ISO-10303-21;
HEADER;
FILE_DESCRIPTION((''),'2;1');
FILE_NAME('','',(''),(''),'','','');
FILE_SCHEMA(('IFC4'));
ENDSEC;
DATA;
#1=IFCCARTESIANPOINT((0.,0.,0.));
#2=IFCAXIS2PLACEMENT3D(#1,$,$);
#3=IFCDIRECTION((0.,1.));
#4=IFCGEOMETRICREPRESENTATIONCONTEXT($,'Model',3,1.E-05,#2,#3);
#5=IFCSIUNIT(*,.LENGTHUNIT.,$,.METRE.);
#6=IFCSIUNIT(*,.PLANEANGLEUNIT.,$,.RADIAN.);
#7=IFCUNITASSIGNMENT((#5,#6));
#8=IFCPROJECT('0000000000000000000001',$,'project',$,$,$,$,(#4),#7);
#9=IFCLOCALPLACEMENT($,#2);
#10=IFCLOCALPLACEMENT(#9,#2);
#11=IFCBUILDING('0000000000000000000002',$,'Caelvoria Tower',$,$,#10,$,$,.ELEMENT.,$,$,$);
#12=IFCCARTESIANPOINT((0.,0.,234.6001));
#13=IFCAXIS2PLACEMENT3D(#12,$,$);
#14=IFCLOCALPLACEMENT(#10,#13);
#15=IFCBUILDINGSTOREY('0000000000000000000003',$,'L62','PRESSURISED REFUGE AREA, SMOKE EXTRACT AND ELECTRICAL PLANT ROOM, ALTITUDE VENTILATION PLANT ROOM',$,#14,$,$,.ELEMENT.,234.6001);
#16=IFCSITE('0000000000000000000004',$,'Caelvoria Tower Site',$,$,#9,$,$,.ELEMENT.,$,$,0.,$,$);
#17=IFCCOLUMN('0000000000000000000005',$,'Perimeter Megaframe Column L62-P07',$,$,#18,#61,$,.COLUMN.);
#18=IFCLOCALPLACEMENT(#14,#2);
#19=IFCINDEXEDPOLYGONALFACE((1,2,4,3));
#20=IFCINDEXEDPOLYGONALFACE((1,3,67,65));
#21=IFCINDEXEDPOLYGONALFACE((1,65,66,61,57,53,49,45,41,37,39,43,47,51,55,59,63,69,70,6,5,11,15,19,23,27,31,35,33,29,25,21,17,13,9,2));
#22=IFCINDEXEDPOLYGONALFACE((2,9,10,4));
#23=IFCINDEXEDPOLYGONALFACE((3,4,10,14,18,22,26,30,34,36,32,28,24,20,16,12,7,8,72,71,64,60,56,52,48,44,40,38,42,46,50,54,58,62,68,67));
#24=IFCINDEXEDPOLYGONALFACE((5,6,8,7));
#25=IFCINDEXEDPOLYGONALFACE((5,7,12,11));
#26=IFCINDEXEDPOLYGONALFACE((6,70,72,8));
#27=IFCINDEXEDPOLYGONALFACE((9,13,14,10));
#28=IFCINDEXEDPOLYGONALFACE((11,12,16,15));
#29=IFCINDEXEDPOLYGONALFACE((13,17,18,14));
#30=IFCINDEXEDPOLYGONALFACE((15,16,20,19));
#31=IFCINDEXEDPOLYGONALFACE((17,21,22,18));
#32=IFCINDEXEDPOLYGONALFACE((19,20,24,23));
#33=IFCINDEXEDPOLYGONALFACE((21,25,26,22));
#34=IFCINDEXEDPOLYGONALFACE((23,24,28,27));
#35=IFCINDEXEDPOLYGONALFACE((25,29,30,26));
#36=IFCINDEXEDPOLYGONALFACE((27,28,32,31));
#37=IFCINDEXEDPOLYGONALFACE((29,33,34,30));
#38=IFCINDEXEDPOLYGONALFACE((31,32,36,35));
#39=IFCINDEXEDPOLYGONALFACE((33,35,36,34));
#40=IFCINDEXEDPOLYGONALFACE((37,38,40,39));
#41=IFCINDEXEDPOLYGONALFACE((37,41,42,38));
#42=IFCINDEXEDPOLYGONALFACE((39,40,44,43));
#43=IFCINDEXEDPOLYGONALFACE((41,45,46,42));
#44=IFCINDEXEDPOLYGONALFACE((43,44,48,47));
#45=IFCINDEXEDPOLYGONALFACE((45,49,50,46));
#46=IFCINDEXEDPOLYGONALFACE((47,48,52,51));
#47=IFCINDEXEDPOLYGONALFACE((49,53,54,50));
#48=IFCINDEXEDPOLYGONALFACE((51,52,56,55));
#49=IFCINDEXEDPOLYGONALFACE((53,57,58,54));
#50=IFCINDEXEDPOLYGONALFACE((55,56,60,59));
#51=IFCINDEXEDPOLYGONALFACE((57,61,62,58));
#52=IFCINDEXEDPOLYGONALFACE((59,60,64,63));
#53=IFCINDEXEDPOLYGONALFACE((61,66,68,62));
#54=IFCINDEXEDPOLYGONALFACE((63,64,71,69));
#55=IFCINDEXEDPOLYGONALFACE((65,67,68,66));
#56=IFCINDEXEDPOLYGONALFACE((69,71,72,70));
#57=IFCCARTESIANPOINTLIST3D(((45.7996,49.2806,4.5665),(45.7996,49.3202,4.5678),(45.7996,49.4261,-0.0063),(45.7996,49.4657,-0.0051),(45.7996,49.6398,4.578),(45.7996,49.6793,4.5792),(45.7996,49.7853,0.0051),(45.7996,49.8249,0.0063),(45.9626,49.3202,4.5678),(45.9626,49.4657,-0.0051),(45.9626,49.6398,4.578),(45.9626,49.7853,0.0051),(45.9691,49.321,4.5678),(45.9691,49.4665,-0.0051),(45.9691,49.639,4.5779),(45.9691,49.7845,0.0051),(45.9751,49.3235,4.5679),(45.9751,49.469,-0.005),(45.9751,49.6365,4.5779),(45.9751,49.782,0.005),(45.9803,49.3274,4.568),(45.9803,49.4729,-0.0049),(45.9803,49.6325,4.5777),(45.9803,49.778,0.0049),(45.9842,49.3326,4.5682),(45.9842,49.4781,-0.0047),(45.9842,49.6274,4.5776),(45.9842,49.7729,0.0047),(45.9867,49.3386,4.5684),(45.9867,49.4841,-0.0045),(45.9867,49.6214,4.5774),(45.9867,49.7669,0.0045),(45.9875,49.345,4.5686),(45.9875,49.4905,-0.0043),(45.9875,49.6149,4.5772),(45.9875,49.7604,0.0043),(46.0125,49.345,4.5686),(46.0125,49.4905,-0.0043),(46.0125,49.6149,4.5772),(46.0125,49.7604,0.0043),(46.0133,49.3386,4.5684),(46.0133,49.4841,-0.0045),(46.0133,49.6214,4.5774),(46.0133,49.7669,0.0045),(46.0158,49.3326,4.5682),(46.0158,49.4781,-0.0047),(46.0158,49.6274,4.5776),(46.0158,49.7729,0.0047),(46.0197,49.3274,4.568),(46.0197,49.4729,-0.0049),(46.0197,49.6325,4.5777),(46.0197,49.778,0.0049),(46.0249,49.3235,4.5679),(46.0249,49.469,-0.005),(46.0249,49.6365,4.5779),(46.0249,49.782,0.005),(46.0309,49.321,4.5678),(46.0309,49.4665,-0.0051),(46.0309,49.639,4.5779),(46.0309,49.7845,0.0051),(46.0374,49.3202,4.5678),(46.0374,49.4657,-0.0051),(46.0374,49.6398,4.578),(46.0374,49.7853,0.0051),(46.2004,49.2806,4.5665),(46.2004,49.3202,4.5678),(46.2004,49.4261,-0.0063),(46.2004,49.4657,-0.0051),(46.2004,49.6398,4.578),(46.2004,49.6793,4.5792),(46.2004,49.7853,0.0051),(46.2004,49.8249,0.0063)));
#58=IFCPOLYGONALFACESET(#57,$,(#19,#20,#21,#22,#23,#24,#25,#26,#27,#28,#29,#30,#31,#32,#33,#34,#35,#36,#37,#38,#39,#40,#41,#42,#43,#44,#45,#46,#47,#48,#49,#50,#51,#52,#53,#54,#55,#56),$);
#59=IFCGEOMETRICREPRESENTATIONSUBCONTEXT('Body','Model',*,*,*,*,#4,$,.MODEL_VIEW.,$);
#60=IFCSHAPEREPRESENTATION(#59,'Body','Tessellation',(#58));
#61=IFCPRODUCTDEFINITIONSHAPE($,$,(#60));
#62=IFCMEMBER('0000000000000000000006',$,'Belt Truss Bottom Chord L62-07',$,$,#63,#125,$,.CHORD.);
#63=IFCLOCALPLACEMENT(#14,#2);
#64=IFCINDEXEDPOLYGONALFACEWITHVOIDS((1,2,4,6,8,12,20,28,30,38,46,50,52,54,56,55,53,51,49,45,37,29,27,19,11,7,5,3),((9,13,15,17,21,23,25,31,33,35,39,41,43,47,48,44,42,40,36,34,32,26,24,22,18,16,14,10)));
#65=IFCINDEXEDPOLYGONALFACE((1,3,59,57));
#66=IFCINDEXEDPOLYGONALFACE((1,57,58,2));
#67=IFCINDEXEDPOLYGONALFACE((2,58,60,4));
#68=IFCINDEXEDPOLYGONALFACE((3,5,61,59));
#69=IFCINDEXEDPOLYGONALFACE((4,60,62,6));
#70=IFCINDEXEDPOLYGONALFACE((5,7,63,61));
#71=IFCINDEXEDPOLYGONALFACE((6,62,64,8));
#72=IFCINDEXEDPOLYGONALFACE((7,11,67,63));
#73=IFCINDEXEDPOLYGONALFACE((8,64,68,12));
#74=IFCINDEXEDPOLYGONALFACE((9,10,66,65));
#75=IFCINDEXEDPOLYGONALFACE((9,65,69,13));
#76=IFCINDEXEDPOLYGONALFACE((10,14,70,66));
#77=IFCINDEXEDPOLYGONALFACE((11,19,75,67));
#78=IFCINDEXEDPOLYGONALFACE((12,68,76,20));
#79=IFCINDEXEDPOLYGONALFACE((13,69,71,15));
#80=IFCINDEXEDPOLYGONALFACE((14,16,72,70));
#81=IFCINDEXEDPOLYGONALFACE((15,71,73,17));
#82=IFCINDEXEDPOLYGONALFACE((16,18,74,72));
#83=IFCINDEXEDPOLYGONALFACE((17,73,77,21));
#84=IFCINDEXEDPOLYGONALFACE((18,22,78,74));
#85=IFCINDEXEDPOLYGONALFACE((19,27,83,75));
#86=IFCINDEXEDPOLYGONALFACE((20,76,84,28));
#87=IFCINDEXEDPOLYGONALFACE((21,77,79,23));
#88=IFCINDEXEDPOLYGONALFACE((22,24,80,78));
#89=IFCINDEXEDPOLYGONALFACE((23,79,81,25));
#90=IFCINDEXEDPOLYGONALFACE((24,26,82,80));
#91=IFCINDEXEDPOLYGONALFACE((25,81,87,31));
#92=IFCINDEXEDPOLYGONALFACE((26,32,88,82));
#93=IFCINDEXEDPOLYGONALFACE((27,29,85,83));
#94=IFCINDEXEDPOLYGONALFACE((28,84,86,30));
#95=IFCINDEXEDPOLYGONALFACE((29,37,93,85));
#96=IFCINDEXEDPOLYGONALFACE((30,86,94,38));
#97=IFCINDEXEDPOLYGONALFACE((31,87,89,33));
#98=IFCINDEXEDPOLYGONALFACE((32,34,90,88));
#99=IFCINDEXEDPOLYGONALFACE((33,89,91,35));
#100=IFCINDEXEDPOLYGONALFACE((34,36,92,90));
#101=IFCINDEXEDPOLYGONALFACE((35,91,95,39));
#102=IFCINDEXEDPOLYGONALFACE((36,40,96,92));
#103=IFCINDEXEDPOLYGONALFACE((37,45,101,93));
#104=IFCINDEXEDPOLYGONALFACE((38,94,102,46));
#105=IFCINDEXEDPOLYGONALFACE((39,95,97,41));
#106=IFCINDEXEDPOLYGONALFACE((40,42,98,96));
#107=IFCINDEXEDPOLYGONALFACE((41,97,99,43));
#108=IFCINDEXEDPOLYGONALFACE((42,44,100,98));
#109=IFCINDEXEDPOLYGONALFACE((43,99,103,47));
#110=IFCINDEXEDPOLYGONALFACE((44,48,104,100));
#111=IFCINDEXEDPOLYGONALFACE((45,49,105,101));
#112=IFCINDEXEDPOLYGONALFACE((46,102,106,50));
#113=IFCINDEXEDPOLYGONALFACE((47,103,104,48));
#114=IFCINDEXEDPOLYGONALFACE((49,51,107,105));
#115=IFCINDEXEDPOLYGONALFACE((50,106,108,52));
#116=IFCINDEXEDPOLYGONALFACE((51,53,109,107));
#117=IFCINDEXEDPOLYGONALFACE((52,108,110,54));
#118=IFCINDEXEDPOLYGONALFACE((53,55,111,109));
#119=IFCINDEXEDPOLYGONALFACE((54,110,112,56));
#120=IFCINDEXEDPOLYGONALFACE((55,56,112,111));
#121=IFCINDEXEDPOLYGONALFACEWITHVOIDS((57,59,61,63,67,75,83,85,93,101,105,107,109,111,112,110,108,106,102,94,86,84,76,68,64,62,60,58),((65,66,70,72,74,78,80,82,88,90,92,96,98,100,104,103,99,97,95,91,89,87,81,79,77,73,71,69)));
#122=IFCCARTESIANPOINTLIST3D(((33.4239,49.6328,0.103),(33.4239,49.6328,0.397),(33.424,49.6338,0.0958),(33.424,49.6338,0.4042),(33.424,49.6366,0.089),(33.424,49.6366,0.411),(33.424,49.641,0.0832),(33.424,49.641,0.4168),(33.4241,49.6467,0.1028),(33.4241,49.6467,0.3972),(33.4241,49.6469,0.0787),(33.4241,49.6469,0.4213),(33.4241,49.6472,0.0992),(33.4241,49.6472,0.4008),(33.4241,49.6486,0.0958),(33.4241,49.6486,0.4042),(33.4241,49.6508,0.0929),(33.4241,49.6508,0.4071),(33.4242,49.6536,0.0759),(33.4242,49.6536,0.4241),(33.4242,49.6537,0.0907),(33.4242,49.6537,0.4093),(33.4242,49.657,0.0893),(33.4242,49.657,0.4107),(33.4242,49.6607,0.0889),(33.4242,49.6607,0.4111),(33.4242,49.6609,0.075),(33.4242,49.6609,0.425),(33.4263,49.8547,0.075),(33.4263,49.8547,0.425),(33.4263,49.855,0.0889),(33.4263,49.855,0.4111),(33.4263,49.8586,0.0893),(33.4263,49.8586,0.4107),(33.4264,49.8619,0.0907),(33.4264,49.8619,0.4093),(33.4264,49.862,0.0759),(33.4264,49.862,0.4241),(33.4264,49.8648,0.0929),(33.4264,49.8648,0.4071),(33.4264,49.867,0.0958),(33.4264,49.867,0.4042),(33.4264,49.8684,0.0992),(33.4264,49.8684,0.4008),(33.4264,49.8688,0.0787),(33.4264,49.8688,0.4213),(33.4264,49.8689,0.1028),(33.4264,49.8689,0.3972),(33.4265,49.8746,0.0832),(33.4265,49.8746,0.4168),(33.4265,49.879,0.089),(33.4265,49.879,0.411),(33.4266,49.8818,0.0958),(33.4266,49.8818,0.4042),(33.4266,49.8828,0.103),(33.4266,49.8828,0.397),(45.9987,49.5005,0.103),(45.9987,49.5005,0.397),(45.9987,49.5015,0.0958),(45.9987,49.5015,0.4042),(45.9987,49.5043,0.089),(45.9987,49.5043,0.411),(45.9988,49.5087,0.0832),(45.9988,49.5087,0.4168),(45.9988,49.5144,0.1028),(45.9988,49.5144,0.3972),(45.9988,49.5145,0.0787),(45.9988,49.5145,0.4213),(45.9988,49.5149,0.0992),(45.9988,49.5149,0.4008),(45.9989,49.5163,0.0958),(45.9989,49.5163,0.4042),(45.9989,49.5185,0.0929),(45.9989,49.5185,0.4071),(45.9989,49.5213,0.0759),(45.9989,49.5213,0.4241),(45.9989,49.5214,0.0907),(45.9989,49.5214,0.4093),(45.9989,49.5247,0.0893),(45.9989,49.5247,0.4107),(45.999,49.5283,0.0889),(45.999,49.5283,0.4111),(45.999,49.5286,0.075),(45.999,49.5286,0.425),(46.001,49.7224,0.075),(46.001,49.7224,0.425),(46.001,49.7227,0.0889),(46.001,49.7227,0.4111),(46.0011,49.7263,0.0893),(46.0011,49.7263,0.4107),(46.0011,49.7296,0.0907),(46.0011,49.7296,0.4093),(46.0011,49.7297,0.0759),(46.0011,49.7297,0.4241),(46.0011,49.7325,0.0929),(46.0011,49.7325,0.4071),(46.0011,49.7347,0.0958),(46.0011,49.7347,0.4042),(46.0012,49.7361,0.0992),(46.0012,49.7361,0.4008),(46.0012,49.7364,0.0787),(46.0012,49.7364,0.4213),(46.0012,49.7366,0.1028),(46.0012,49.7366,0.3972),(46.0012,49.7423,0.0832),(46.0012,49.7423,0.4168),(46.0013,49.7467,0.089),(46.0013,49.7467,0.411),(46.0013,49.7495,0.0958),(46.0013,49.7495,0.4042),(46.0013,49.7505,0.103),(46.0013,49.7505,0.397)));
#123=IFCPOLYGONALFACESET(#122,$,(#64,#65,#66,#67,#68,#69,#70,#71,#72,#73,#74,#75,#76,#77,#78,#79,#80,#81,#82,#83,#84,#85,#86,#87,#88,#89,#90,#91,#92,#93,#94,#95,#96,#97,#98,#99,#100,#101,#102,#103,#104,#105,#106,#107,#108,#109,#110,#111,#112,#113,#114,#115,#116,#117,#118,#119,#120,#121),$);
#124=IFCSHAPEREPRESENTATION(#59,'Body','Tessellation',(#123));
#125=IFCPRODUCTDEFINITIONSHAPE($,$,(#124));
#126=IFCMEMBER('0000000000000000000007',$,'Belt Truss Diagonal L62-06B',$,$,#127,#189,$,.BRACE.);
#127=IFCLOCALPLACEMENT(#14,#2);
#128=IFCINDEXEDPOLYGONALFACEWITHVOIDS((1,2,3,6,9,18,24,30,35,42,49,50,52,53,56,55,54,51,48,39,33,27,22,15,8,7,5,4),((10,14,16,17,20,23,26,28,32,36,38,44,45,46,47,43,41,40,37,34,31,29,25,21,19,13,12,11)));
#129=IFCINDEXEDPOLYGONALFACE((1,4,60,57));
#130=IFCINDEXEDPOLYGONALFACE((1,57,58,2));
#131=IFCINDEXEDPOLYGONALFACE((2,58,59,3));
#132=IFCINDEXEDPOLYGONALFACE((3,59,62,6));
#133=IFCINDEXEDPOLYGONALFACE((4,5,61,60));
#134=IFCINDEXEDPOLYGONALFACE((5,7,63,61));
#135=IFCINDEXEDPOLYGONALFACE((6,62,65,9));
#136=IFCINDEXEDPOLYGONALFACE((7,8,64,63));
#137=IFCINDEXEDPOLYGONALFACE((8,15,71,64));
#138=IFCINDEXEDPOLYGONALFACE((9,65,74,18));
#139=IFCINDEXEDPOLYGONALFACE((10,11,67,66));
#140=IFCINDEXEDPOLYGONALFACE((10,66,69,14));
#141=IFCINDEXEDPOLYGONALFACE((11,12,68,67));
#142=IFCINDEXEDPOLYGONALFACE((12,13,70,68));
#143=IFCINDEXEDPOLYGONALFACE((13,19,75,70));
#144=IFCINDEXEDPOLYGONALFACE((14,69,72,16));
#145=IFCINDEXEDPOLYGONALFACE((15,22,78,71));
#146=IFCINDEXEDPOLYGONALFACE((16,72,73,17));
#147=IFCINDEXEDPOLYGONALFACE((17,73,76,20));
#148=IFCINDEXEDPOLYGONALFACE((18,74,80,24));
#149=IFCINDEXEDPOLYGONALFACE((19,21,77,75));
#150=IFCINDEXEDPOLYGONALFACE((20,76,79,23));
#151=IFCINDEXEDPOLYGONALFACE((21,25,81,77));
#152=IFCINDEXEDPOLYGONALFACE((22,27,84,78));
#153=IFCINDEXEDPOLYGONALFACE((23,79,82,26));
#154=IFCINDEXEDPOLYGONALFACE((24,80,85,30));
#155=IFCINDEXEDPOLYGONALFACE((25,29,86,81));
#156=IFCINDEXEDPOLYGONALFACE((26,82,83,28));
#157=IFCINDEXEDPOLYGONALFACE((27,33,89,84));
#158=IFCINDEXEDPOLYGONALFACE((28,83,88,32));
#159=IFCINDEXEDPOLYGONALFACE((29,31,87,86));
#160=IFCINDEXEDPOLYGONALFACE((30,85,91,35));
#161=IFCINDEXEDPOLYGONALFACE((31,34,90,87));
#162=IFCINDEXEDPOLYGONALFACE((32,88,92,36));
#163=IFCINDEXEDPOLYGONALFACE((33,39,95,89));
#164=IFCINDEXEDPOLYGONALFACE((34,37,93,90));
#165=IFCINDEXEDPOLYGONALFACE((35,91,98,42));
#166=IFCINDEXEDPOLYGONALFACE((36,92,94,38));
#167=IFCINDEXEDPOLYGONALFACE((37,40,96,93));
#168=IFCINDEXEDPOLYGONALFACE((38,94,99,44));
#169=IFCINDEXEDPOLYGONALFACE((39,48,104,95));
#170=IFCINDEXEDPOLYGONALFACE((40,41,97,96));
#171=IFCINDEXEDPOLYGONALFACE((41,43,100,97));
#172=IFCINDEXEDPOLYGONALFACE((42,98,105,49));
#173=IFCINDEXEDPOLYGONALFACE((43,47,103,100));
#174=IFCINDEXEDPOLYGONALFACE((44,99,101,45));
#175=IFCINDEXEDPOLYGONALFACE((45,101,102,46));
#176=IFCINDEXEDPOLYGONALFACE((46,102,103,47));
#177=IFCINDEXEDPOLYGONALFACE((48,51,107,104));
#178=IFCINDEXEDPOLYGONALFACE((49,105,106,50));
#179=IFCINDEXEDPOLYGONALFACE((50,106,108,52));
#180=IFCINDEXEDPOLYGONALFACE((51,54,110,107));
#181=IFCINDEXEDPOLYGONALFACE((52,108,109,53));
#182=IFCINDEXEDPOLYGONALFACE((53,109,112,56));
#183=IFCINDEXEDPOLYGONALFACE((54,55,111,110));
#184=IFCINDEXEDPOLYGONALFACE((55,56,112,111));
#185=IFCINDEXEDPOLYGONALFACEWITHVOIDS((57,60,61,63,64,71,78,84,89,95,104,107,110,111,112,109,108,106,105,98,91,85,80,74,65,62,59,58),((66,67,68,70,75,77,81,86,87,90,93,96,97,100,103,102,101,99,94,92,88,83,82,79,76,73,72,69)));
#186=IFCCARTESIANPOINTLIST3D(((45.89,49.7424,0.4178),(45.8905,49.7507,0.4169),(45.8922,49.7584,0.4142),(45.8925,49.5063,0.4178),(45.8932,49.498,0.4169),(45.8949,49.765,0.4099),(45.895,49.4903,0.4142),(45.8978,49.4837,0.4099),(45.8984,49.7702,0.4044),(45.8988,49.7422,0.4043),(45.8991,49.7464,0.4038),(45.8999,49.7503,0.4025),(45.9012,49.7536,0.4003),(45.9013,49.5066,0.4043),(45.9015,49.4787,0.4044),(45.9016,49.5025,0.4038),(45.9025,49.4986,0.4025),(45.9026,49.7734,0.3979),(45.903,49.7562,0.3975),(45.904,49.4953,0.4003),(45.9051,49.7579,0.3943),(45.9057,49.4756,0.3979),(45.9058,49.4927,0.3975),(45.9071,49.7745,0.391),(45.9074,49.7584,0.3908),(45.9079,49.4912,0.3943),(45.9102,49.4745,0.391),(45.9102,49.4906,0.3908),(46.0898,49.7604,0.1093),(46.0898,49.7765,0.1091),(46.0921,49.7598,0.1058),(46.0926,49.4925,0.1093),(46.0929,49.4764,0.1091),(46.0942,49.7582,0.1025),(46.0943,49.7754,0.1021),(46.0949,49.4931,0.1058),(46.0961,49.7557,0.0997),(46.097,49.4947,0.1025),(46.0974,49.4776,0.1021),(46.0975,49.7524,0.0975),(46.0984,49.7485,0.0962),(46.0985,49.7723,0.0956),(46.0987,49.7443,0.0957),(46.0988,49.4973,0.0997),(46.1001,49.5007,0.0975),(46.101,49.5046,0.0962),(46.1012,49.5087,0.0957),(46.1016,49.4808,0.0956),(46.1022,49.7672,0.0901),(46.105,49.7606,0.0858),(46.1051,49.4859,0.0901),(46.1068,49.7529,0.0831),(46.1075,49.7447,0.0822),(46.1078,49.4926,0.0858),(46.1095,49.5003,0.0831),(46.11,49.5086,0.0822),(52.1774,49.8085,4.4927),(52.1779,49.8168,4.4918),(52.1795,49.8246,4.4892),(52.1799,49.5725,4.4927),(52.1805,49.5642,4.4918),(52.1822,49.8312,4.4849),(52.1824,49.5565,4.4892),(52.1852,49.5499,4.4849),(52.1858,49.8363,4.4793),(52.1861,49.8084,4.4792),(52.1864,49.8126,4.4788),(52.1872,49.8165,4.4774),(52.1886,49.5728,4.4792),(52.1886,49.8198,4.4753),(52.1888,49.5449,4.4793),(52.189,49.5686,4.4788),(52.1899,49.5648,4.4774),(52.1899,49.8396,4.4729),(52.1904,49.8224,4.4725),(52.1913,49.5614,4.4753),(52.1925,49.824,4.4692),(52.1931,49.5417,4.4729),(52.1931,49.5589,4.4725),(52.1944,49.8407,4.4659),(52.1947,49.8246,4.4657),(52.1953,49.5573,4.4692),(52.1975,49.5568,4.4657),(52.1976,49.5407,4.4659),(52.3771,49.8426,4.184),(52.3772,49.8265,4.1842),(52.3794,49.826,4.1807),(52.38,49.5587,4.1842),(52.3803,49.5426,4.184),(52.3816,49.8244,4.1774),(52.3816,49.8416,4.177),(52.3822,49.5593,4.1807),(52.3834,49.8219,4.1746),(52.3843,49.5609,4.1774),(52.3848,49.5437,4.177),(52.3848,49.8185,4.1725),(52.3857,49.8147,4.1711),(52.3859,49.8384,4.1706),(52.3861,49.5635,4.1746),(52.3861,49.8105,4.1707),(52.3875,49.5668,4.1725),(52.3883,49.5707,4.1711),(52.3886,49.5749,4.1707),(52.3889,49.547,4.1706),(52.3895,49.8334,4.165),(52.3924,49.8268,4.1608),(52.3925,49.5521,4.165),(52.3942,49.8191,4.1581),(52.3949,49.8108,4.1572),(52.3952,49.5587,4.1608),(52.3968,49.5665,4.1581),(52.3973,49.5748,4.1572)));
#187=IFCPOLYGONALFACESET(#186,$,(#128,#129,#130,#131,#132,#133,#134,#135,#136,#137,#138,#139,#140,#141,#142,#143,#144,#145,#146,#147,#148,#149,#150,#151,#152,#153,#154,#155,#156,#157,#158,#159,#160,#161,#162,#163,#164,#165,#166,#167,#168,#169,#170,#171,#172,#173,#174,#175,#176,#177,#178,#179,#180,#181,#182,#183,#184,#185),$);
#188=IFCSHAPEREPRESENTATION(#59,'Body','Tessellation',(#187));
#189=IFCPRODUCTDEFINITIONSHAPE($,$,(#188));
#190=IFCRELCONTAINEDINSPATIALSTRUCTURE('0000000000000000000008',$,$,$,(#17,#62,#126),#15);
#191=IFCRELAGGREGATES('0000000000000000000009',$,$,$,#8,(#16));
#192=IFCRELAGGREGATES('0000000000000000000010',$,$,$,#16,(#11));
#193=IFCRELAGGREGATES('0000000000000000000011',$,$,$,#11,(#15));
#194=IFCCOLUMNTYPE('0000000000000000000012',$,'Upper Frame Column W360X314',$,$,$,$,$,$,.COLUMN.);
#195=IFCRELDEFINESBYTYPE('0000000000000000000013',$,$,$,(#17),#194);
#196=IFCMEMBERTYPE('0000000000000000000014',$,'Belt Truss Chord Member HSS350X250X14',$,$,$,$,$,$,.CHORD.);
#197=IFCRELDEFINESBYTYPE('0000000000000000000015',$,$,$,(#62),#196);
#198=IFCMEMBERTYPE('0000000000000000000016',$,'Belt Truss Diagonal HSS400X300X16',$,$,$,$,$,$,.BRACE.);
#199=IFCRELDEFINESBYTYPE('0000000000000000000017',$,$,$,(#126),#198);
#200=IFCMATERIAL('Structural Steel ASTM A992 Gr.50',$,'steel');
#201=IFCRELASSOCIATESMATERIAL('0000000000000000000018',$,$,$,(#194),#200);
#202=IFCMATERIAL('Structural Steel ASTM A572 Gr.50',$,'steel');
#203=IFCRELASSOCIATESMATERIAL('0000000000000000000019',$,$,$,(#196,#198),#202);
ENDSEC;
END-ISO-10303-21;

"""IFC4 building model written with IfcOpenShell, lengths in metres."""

from ifc_helpers import new_model, si_unit, direction, frame, origin, origin_2d, place, context, subcontext, project, spatial, hollow_rectangle, i_section, extrude, material, material_profile, profile_set, type_object, element, save


model = new_model("IFC4")

# Units and contexts
model_context = context("Model", 3, precision=1e-05, world=origin(), true_north=direction((0.0, 1.0)))
body_context = subcontext(model_context, "Body", "Model", "MODEL_VIEW")
ifc_project = project(units=[si_unit("LENGTHUNIT", "METRE"), si_unit("PLANEANGLEUNIT", "RADIAN")], contexts=[model_context])

# Site, building, storey
site_placement = place(None, origin())
site = spatial("IfcSite", under=ifc_project, at=site_placement, Name="Caelvoria Tower Site", CompositionType="ELEMENT", RefElevation=0.0)
building_placement = place(site_placement, origin())
building = spatial("IfcBuilding", under=site, at=building_placement, Name="Caelvoria Tower", CompositionType="ELEMENT")
storey_placement = place(building_placement, frame((0.0, 0.0, 234.6001)))
storey = spatial("IfcBuildingStorey", under=building, at=storey_placement, Name="L62", Description="PRESSURISED REFUGE AREA, SMOKE EXTRACT AND ELECTRICAL PLANT ROOM, ALTITUDE VENTILATION PLANT ROOM", CompositionType="ELEMENT", Elevation=234.6001)

# Column
ifc_material_1 = material(Name="Structural Steel ASTM A992 Gr.50", Category="steel")
ifc_material_profile_1 = material_profile(ifc_material_1, i_section(OverallWidth=0.4009, OverallDepth=0.3989, WebThickness=0.0249, FlangeThickness=0.0396, FilletRadius=0.0249, at=origin_2d()), Name="Structural Steel ASTM A992 Gr.50")
ifc_profile_set_1 = profile_set([ifc_material_profile_1], Name="W360X314 - Structural Steel ASTM A992 Gr.50")
column_type = type_object("IfcColumnType", Name="Upper Frame Column W360X314", PredefinedType="COLUMN", material=ifc_profile_set_1)
column_placement = place(storey_placement, frame((46.0, 49.6255, 0.0), z_axis=(0.0, -0.031803, 0.999494), x_axis=(1.0, 0.0, 0.0)))
element("IfcColumn", 1, at=column_placement, inside=storey, type_object=column_type, Name="Perimeter Megaframe Column L62-P07", PredefinedType="COLUMN", context=body_context, shape_type="SweptSolid", body=[
    extrude(i_section(OverallWidth=0.4009, OverallDepth=0.3989, WebThickness=0.0249, FlangeThickness=0.0396, FilletRadius=0.0249, at=origin_2d()), origin(), (0.0, 0.0, 1.0), 4.5752),
])

# Members
ifc_material_2 = material(Name="Structural Steel ASTM A572 Gr.50", Category="steel")
ifc_material_profile_2 = material_profile(ifc_material_2, hollow_rectangle(XDim=0.25, YDim=0.3501, WallThickness=0.0139, InnerFilletRadius=0.0139, OuterFilletRadius=0.0281, at=origin_2d()), Name="Structural Steel ASTM A572 Gr.50")
ifc_profile_set_2 = profile_set([ifc_material_profile_2], Name="HSS350X250X14 - Structural Steel ASTM A572 Gr.50")
member_type_1 = type_object("IfcMemberType", Name="Belt Truss Chord Member HSS350X250X14", PredefinedType="CHORD", material=ifc_profile_set_2)
member_1_placement = place(storey_placement, frame((46.0, 49.6255, 0.25), z_axis=(-0.999945, 0.010522, 0.0), x_axis=(-0.010522, -0.999945, 0.0)))
element("IfcMember", 2, at=member_1_placement, inside=storey, type_object=member_type_1, Name="Belt Truss Bottom Chord L62-07", PredefinedType="CHORD", context=body_context, shape_type="SweptSolid", body=[
    extrude(hollow_rectangle(XDim=0.25, YDim=0.3501, WallThickness=0.0139, InnerFilletRadius=0.0139, OuterFilletRadius=0.0281, at=origin_2d()), origin(), (0.0, 0.0, 1.0), 12.5754),
])
ifc_material_profile_3 = material_profile(ifc_material_2, hollow_rectangle(XDim=0.3, YDim=0.3999, WallThickness=0.0161, InnerFilletRadius=0.0161, OuterFilletRadius=0.032, at=origin_2d()), Name="Structural Steel ASTM A572 Gr.50")
ifc_profile_set_3 = profile_set([ifc_material_profile_3], Name="HSS400X300X16 - Structural Steel ASTM A572 Gr.50")
member_type_2 = type_object("IfcMemberType", Name="Belt Truss Diagonal HSS400X300X16", PredefinedType="BRACE", material=ifc_profile_set_3)
for number, where, z_axis, x_axis, name in (
    (3, (52.2874, 49.6917, 4.325), (-0.839132, -0.00883, -0.543857), (0.010522, -0.999945, 0.0), "Belt Truss Diagonal L62-06B"),
):
    element("IfcMember", number, at=place(storey_placement, frame(where, z_axis=z_axis, x_axis=x_axis)), inside=storey, type_object=member_type_2, Name=name, PredefinedType="BRACE", context=body_context, shape_type="SweptSolid", body=[
        extrude(hollow_rectangle(XDim=0.3, YDim=0.3999, WallThickness=0.0161, InnerFilletRadius=0.0161, OuterFilletRadius=0.032, at=origin_2d()), origin(), (0.0, 0.0, 1.0), 7.4927),
    ])

save(model, "model.ifc")
